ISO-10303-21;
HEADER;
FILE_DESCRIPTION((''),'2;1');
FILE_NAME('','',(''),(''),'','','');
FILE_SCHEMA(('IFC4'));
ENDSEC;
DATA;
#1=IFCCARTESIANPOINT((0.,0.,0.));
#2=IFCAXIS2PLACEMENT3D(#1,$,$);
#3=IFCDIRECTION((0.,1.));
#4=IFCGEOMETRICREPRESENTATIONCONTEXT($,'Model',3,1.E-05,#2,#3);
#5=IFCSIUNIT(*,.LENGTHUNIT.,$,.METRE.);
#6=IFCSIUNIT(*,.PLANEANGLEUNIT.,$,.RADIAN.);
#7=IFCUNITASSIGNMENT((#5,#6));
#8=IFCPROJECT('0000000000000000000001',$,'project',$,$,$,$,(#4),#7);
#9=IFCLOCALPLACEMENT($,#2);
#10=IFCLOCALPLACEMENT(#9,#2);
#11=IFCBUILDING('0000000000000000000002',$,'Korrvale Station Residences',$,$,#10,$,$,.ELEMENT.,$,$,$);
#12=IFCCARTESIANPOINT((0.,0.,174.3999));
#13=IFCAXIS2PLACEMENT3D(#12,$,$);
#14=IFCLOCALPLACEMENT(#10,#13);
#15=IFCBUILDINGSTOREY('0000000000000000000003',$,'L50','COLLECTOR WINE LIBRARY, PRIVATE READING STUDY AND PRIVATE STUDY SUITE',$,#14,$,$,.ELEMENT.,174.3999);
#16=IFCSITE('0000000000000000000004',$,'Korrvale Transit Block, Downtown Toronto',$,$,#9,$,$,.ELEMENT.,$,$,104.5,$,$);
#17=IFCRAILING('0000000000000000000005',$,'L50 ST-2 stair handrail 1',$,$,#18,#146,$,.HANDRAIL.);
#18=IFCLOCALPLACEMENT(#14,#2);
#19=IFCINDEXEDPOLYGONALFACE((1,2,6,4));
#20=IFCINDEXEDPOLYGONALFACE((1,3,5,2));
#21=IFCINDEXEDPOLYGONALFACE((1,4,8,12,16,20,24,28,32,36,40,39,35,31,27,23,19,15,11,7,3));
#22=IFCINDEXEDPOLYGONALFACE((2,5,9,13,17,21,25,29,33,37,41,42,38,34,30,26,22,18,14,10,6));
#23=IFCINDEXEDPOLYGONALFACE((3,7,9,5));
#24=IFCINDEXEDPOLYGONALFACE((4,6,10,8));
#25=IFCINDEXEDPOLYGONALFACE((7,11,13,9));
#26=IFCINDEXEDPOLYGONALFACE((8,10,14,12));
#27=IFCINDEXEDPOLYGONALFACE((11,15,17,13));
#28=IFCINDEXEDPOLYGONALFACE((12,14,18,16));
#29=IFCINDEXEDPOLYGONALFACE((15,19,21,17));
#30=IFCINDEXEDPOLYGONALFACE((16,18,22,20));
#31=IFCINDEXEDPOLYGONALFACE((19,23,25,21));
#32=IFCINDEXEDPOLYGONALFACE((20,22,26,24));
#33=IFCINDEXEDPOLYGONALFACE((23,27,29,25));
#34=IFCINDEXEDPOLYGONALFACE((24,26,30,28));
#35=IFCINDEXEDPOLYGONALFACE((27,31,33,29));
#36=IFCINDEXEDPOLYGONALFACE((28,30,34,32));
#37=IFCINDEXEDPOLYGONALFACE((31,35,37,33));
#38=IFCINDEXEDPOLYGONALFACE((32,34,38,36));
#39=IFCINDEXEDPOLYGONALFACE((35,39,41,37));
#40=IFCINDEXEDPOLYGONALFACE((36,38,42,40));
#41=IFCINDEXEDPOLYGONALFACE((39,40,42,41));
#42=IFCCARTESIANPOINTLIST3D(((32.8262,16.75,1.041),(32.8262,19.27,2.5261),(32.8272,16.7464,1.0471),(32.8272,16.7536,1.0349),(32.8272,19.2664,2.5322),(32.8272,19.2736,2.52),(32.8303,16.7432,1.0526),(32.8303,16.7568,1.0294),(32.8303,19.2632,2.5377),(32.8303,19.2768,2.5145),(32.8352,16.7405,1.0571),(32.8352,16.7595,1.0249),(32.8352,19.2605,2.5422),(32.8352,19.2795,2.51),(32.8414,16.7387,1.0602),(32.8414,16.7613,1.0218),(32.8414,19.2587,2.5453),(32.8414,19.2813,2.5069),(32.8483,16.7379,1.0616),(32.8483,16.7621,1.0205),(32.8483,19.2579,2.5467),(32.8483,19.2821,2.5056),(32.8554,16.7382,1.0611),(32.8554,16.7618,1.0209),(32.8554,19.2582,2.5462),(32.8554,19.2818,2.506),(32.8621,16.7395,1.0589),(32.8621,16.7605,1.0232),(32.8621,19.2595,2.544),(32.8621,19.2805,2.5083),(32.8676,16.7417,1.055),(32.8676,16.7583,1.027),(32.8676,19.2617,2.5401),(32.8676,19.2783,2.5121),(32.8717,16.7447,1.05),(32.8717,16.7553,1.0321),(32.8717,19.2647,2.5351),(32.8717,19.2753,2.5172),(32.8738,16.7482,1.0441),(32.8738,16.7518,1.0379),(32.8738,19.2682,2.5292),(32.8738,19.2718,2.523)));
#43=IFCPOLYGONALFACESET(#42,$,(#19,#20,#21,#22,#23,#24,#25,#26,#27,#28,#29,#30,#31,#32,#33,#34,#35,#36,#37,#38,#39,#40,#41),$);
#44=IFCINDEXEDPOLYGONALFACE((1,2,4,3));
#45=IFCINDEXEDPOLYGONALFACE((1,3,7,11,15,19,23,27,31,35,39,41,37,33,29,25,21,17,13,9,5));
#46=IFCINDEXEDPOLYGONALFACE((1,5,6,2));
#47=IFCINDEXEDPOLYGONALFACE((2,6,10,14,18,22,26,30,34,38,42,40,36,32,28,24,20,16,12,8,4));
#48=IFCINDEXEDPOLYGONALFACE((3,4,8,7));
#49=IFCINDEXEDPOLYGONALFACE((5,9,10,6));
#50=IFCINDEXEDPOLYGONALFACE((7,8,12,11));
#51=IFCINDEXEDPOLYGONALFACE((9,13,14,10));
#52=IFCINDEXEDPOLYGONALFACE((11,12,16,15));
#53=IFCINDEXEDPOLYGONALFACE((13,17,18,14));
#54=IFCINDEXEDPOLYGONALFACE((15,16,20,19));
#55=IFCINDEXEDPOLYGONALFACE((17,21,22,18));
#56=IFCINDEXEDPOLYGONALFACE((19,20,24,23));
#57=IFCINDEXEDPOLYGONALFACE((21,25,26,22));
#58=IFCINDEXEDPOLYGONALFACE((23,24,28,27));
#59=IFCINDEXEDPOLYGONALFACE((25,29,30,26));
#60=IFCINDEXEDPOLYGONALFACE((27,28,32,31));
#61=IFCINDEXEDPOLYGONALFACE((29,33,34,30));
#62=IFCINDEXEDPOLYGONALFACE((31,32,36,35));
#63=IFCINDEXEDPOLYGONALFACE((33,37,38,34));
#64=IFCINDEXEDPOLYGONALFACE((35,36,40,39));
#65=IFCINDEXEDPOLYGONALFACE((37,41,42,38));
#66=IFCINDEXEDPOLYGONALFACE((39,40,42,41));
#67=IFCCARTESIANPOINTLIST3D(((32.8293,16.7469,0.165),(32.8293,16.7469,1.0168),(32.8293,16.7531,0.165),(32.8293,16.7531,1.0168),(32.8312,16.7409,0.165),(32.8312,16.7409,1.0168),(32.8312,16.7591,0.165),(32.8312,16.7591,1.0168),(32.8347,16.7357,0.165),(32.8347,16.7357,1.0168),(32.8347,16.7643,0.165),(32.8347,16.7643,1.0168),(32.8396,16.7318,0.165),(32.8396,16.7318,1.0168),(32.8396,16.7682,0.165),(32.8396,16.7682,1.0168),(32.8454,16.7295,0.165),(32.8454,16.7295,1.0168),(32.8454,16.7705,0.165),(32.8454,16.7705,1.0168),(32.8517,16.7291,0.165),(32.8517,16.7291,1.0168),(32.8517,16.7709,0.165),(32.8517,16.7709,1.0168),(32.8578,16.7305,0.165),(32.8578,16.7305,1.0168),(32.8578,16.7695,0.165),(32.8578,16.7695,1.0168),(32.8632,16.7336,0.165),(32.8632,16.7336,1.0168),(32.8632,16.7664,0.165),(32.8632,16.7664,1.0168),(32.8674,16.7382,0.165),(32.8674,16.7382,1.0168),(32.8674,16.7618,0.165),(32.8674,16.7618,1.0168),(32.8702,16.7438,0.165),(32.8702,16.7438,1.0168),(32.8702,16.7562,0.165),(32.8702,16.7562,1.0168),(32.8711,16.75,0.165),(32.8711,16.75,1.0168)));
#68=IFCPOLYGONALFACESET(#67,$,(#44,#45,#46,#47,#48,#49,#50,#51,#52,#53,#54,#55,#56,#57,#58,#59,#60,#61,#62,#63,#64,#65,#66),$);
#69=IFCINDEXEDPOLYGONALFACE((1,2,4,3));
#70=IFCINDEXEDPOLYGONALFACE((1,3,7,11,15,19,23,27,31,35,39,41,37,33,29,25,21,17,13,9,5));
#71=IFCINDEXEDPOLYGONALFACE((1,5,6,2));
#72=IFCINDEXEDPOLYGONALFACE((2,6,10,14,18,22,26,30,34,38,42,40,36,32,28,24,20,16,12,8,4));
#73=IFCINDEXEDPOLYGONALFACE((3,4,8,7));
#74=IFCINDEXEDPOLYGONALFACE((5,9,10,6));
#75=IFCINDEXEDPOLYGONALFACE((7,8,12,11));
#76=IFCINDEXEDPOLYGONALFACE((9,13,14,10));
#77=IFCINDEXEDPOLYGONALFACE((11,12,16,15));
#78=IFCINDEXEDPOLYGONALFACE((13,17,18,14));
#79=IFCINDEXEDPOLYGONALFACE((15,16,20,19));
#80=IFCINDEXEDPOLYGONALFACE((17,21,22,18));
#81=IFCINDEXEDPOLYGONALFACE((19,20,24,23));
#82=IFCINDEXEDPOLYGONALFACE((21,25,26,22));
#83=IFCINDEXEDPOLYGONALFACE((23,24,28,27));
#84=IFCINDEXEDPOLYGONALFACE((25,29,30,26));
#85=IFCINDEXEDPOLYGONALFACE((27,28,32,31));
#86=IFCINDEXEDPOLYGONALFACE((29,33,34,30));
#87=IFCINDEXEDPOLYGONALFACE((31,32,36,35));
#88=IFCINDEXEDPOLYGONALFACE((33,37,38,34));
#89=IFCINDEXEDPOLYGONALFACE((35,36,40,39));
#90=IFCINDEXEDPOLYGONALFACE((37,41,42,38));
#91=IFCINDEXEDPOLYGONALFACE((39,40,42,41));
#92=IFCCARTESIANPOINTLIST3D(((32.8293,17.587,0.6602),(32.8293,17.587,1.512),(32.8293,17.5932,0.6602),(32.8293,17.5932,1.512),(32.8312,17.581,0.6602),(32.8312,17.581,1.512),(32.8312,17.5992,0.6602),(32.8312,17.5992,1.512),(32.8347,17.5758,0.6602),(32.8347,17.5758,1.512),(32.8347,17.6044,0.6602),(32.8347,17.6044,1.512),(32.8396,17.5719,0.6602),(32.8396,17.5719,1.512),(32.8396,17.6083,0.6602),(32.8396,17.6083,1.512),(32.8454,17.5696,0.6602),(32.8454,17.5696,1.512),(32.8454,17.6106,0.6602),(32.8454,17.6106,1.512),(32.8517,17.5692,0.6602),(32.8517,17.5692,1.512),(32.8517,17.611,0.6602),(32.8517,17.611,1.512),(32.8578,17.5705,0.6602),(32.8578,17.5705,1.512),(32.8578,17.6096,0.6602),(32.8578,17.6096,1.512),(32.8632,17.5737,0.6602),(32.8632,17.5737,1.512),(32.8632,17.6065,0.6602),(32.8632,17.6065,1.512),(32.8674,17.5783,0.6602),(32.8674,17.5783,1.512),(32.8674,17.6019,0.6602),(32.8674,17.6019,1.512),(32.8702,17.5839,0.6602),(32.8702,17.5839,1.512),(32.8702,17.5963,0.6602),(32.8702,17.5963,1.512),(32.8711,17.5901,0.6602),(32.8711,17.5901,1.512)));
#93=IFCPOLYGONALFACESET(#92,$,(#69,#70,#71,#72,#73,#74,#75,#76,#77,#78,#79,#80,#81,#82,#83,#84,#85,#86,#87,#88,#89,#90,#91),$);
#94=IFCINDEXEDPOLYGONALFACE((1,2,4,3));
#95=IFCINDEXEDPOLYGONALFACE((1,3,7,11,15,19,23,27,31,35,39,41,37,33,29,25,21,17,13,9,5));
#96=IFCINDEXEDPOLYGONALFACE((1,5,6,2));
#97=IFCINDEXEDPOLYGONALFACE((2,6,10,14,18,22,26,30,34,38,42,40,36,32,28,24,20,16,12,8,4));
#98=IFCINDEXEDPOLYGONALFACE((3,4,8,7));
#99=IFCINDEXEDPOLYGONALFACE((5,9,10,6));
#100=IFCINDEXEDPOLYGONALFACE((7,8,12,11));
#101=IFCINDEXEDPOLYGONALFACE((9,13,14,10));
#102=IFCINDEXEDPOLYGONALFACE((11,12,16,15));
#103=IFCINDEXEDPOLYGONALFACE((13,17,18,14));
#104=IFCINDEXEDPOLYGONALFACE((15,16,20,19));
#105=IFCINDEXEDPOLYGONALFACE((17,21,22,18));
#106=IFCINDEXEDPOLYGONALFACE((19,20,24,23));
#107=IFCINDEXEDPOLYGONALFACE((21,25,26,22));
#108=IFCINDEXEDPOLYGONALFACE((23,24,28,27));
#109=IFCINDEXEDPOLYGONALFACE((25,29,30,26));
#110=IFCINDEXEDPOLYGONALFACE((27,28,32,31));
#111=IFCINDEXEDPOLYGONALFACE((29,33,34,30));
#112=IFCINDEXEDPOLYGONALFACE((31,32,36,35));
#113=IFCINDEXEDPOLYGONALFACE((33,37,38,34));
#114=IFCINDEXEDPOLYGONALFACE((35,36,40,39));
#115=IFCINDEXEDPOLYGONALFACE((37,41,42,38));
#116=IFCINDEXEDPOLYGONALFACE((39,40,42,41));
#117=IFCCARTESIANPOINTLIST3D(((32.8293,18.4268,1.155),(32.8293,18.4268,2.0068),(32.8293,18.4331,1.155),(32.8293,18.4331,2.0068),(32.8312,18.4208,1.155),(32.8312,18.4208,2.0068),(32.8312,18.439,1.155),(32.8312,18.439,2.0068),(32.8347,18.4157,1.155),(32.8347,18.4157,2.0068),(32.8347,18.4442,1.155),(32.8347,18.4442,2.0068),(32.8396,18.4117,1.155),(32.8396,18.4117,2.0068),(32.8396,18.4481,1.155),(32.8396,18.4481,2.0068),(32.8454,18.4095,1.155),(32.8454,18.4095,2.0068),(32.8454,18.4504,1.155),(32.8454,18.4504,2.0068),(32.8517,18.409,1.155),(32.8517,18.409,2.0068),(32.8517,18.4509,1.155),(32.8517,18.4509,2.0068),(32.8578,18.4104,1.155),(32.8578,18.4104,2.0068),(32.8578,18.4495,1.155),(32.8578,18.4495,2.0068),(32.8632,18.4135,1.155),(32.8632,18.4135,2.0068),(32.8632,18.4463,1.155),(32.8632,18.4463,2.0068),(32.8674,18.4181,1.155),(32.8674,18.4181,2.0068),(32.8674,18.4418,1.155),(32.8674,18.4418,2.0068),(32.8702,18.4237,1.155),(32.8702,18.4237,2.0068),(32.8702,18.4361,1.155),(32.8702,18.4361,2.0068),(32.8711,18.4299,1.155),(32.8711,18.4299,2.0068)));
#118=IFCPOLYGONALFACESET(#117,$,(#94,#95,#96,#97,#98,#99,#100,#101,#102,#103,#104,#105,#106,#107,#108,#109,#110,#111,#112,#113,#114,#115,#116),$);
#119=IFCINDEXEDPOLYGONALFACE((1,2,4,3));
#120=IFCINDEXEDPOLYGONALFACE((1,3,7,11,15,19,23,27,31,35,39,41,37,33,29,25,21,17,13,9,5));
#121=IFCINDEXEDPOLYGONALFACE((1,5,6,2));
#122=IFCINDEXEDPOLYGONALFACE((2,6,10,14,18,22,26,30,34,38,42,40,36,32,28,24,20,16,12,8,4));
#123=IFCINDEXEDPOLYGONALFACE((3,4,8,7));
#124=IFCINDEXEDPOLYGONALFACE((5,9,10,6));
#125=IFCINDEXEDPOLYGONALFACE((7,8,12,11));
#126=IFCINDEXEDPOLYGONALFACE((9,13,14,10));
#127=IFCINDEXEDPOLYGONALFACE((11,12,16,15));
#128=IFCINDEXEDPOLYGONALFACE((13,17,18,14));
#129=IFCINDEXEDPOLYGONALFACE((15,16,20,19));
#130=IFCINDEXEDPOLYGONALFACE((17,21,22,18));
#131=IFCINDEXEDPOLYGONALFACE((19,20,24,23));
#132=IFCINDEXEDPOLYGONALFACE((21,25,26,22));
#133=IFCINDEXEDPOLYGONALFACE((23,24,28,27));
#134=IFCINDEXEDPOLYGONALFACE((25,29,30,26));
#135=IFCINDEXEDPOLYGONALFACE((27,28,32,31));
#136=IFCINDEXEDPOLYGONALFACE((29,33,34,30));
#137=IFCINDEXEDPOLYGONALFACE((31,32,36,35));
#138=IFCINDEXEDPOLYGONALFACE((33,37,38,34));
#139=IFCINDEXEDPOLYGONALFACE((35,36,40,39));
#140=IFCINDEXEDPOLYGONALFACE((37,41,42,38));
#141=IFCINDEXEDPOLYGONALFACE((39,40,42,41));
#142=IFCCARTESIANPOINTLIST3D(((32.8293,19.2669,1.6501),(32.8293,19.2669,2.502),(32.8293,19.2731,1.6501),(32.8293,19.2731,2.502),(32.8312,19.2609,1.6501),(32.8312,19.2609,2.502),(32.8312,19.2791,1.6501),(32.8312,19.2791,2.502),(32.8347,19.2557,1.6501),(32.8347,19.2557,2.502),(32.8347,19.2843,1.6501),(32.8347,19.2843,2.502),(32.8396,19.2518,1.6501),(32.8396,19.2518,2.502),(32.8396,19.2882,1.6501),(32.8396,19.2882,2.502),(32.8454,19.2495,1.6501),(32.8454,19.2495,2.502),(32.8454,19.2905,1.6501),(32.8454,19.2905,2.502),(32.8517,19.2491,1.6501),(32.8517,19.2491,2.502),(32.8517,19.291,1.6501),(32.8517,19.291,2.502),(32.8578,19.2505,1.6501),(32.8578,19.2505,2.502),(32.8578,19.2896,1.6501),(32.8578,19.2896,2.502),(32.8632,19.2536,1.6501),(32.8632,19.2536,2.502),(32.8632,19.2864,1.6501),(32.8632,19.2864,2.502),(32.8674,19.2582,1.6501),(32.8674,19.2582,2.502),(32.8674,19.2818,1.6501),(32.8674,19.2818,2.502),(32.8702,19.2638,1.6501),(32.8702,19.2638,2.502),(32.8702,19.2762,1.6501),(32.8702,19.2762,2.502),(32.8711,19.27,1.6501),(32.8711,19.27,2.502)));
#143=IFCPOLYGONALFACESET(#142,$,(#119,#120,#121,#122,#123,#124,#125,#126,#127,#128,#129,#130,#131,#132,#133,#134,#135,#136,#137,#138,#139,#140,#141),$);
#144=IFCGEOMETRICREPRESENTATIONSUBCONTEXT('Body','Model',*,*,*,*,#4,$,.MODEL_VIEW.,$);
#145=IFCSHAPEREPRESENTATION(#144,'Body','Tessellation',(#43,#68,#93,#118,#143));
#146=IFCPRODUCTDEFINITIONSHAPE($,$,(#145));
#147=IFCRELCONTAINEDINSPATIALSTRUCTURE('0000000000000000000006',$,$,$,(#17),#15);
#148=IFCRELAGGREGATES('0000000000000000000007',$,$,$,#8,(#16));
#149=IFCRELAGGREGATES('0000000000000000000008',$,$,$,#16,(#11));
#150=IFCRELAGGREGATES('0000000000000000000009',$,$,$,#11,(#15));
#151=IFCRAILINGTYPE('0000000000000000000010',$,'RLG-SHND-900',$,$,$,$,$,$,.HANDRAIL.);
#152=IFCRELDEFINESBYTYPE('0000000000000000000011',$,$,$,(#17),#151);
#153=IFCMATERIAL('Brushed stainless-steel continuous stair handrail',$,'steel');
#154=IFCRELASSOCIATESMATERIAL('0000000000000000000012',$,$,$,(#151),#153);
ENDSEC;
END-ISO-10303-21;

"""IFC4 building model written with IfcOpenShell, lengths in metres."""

from ifc_helpers import new_model, si_unit, direction, frame, origin, origin_2d, place, context, subcontext, project, spatial, circle, extrude, material, type_object, element, save


model = new_model("IFC4")

# Units and contexts
model_context = context("Model", 3, precision=1e-05, world=origin(), true_north=direction((0.0, 1.0)))
body_context = subcontext(model_context, "Body", "Model", "MODEL_VIEW")
ifc_project = project(units=[si_unit("LENGTHUNIT", "METRE"), si_unit("PLANEANGLEUNIT", "RADIAN")], contexts=[model_context])

# Site, building, storey
site_placement = place(None, origin())
site = spatial("IfcSite", under=ifc_project, at=site_placement, Name="Korrvale Transit Block, Downtown Toronto", CompositionType="ELEMENT", RefElevation=104.5)
building_placement = place(site_placement, origin())
building = spatial("IfcBuilding", under=site, at=building_placement, Name="Korrvale Station Residences", CompositionType="ELEMENT")
storey_placement = place(building_placement, frame((0.0, 0.0, 174.3999)))
storey = spatial("IfcBuildingStorey", under=building, at=storey_placement, Name="L50", Description="COLLECTOR WINE LIBRARY, PRIVATE READING STUDY AND PRIVATE STUDY SUITE", CompositionType="ELEMENT", Elevation=174.3999)

# Railing
ifc_material_1 = material(Name="Brushed stainless-steel continuous stair handrail", Category="steel")
railing_type_1 = type_object("IfcRailingType", Name="RLG-SHND-900", PredefinedType="HANDRAIL", material=ifc_material_1)
railing_1_placement = place(storey_placement, frame((32.8501, 16.75, 0.165)))
element("IfcRailing", 1, at=railing_1_placement, inside=storey, type_object=railing_type_1, Name="L50 ST-2 stair handrail 1", PredefinedType="HANDRAIL", context=body_context, shape_type="SweptSolid", body=[
    extrude(circle(Radius=0.0239, at=origin_2d()), frame((0.0, 0.0, 0.876), z_axis=(0.0, 0.861524, 0.507717), x_axis=(-1.0, 0.0, 0.0)), (0.0, 0.0, 1.0), 2.925),
    extrude(circle(Radius=0.021, at=origin_2d()), origin(), (0.0, 0.0, 1.0), 0.8518),
    extrude(circle(Radius=0.021, at=origin_2d()), frame((0.0, 0.8401, 0.4951)), (0.0, 0.0, 1.0), 0.8518),
    extrude(circle(Radius=0.021, at=origin_2d()), frame((0.0, 1.6799, 0.99)), (0.0, 0.0, 1.0), 0.8518),
    extrude(circle(Radius=0.021, at=origin_2d()), frame((0.0, 2.52, 1.4851)), (0.0, 0.0, 1.0), 0.8518),
])

save(model, "model.ifc")
